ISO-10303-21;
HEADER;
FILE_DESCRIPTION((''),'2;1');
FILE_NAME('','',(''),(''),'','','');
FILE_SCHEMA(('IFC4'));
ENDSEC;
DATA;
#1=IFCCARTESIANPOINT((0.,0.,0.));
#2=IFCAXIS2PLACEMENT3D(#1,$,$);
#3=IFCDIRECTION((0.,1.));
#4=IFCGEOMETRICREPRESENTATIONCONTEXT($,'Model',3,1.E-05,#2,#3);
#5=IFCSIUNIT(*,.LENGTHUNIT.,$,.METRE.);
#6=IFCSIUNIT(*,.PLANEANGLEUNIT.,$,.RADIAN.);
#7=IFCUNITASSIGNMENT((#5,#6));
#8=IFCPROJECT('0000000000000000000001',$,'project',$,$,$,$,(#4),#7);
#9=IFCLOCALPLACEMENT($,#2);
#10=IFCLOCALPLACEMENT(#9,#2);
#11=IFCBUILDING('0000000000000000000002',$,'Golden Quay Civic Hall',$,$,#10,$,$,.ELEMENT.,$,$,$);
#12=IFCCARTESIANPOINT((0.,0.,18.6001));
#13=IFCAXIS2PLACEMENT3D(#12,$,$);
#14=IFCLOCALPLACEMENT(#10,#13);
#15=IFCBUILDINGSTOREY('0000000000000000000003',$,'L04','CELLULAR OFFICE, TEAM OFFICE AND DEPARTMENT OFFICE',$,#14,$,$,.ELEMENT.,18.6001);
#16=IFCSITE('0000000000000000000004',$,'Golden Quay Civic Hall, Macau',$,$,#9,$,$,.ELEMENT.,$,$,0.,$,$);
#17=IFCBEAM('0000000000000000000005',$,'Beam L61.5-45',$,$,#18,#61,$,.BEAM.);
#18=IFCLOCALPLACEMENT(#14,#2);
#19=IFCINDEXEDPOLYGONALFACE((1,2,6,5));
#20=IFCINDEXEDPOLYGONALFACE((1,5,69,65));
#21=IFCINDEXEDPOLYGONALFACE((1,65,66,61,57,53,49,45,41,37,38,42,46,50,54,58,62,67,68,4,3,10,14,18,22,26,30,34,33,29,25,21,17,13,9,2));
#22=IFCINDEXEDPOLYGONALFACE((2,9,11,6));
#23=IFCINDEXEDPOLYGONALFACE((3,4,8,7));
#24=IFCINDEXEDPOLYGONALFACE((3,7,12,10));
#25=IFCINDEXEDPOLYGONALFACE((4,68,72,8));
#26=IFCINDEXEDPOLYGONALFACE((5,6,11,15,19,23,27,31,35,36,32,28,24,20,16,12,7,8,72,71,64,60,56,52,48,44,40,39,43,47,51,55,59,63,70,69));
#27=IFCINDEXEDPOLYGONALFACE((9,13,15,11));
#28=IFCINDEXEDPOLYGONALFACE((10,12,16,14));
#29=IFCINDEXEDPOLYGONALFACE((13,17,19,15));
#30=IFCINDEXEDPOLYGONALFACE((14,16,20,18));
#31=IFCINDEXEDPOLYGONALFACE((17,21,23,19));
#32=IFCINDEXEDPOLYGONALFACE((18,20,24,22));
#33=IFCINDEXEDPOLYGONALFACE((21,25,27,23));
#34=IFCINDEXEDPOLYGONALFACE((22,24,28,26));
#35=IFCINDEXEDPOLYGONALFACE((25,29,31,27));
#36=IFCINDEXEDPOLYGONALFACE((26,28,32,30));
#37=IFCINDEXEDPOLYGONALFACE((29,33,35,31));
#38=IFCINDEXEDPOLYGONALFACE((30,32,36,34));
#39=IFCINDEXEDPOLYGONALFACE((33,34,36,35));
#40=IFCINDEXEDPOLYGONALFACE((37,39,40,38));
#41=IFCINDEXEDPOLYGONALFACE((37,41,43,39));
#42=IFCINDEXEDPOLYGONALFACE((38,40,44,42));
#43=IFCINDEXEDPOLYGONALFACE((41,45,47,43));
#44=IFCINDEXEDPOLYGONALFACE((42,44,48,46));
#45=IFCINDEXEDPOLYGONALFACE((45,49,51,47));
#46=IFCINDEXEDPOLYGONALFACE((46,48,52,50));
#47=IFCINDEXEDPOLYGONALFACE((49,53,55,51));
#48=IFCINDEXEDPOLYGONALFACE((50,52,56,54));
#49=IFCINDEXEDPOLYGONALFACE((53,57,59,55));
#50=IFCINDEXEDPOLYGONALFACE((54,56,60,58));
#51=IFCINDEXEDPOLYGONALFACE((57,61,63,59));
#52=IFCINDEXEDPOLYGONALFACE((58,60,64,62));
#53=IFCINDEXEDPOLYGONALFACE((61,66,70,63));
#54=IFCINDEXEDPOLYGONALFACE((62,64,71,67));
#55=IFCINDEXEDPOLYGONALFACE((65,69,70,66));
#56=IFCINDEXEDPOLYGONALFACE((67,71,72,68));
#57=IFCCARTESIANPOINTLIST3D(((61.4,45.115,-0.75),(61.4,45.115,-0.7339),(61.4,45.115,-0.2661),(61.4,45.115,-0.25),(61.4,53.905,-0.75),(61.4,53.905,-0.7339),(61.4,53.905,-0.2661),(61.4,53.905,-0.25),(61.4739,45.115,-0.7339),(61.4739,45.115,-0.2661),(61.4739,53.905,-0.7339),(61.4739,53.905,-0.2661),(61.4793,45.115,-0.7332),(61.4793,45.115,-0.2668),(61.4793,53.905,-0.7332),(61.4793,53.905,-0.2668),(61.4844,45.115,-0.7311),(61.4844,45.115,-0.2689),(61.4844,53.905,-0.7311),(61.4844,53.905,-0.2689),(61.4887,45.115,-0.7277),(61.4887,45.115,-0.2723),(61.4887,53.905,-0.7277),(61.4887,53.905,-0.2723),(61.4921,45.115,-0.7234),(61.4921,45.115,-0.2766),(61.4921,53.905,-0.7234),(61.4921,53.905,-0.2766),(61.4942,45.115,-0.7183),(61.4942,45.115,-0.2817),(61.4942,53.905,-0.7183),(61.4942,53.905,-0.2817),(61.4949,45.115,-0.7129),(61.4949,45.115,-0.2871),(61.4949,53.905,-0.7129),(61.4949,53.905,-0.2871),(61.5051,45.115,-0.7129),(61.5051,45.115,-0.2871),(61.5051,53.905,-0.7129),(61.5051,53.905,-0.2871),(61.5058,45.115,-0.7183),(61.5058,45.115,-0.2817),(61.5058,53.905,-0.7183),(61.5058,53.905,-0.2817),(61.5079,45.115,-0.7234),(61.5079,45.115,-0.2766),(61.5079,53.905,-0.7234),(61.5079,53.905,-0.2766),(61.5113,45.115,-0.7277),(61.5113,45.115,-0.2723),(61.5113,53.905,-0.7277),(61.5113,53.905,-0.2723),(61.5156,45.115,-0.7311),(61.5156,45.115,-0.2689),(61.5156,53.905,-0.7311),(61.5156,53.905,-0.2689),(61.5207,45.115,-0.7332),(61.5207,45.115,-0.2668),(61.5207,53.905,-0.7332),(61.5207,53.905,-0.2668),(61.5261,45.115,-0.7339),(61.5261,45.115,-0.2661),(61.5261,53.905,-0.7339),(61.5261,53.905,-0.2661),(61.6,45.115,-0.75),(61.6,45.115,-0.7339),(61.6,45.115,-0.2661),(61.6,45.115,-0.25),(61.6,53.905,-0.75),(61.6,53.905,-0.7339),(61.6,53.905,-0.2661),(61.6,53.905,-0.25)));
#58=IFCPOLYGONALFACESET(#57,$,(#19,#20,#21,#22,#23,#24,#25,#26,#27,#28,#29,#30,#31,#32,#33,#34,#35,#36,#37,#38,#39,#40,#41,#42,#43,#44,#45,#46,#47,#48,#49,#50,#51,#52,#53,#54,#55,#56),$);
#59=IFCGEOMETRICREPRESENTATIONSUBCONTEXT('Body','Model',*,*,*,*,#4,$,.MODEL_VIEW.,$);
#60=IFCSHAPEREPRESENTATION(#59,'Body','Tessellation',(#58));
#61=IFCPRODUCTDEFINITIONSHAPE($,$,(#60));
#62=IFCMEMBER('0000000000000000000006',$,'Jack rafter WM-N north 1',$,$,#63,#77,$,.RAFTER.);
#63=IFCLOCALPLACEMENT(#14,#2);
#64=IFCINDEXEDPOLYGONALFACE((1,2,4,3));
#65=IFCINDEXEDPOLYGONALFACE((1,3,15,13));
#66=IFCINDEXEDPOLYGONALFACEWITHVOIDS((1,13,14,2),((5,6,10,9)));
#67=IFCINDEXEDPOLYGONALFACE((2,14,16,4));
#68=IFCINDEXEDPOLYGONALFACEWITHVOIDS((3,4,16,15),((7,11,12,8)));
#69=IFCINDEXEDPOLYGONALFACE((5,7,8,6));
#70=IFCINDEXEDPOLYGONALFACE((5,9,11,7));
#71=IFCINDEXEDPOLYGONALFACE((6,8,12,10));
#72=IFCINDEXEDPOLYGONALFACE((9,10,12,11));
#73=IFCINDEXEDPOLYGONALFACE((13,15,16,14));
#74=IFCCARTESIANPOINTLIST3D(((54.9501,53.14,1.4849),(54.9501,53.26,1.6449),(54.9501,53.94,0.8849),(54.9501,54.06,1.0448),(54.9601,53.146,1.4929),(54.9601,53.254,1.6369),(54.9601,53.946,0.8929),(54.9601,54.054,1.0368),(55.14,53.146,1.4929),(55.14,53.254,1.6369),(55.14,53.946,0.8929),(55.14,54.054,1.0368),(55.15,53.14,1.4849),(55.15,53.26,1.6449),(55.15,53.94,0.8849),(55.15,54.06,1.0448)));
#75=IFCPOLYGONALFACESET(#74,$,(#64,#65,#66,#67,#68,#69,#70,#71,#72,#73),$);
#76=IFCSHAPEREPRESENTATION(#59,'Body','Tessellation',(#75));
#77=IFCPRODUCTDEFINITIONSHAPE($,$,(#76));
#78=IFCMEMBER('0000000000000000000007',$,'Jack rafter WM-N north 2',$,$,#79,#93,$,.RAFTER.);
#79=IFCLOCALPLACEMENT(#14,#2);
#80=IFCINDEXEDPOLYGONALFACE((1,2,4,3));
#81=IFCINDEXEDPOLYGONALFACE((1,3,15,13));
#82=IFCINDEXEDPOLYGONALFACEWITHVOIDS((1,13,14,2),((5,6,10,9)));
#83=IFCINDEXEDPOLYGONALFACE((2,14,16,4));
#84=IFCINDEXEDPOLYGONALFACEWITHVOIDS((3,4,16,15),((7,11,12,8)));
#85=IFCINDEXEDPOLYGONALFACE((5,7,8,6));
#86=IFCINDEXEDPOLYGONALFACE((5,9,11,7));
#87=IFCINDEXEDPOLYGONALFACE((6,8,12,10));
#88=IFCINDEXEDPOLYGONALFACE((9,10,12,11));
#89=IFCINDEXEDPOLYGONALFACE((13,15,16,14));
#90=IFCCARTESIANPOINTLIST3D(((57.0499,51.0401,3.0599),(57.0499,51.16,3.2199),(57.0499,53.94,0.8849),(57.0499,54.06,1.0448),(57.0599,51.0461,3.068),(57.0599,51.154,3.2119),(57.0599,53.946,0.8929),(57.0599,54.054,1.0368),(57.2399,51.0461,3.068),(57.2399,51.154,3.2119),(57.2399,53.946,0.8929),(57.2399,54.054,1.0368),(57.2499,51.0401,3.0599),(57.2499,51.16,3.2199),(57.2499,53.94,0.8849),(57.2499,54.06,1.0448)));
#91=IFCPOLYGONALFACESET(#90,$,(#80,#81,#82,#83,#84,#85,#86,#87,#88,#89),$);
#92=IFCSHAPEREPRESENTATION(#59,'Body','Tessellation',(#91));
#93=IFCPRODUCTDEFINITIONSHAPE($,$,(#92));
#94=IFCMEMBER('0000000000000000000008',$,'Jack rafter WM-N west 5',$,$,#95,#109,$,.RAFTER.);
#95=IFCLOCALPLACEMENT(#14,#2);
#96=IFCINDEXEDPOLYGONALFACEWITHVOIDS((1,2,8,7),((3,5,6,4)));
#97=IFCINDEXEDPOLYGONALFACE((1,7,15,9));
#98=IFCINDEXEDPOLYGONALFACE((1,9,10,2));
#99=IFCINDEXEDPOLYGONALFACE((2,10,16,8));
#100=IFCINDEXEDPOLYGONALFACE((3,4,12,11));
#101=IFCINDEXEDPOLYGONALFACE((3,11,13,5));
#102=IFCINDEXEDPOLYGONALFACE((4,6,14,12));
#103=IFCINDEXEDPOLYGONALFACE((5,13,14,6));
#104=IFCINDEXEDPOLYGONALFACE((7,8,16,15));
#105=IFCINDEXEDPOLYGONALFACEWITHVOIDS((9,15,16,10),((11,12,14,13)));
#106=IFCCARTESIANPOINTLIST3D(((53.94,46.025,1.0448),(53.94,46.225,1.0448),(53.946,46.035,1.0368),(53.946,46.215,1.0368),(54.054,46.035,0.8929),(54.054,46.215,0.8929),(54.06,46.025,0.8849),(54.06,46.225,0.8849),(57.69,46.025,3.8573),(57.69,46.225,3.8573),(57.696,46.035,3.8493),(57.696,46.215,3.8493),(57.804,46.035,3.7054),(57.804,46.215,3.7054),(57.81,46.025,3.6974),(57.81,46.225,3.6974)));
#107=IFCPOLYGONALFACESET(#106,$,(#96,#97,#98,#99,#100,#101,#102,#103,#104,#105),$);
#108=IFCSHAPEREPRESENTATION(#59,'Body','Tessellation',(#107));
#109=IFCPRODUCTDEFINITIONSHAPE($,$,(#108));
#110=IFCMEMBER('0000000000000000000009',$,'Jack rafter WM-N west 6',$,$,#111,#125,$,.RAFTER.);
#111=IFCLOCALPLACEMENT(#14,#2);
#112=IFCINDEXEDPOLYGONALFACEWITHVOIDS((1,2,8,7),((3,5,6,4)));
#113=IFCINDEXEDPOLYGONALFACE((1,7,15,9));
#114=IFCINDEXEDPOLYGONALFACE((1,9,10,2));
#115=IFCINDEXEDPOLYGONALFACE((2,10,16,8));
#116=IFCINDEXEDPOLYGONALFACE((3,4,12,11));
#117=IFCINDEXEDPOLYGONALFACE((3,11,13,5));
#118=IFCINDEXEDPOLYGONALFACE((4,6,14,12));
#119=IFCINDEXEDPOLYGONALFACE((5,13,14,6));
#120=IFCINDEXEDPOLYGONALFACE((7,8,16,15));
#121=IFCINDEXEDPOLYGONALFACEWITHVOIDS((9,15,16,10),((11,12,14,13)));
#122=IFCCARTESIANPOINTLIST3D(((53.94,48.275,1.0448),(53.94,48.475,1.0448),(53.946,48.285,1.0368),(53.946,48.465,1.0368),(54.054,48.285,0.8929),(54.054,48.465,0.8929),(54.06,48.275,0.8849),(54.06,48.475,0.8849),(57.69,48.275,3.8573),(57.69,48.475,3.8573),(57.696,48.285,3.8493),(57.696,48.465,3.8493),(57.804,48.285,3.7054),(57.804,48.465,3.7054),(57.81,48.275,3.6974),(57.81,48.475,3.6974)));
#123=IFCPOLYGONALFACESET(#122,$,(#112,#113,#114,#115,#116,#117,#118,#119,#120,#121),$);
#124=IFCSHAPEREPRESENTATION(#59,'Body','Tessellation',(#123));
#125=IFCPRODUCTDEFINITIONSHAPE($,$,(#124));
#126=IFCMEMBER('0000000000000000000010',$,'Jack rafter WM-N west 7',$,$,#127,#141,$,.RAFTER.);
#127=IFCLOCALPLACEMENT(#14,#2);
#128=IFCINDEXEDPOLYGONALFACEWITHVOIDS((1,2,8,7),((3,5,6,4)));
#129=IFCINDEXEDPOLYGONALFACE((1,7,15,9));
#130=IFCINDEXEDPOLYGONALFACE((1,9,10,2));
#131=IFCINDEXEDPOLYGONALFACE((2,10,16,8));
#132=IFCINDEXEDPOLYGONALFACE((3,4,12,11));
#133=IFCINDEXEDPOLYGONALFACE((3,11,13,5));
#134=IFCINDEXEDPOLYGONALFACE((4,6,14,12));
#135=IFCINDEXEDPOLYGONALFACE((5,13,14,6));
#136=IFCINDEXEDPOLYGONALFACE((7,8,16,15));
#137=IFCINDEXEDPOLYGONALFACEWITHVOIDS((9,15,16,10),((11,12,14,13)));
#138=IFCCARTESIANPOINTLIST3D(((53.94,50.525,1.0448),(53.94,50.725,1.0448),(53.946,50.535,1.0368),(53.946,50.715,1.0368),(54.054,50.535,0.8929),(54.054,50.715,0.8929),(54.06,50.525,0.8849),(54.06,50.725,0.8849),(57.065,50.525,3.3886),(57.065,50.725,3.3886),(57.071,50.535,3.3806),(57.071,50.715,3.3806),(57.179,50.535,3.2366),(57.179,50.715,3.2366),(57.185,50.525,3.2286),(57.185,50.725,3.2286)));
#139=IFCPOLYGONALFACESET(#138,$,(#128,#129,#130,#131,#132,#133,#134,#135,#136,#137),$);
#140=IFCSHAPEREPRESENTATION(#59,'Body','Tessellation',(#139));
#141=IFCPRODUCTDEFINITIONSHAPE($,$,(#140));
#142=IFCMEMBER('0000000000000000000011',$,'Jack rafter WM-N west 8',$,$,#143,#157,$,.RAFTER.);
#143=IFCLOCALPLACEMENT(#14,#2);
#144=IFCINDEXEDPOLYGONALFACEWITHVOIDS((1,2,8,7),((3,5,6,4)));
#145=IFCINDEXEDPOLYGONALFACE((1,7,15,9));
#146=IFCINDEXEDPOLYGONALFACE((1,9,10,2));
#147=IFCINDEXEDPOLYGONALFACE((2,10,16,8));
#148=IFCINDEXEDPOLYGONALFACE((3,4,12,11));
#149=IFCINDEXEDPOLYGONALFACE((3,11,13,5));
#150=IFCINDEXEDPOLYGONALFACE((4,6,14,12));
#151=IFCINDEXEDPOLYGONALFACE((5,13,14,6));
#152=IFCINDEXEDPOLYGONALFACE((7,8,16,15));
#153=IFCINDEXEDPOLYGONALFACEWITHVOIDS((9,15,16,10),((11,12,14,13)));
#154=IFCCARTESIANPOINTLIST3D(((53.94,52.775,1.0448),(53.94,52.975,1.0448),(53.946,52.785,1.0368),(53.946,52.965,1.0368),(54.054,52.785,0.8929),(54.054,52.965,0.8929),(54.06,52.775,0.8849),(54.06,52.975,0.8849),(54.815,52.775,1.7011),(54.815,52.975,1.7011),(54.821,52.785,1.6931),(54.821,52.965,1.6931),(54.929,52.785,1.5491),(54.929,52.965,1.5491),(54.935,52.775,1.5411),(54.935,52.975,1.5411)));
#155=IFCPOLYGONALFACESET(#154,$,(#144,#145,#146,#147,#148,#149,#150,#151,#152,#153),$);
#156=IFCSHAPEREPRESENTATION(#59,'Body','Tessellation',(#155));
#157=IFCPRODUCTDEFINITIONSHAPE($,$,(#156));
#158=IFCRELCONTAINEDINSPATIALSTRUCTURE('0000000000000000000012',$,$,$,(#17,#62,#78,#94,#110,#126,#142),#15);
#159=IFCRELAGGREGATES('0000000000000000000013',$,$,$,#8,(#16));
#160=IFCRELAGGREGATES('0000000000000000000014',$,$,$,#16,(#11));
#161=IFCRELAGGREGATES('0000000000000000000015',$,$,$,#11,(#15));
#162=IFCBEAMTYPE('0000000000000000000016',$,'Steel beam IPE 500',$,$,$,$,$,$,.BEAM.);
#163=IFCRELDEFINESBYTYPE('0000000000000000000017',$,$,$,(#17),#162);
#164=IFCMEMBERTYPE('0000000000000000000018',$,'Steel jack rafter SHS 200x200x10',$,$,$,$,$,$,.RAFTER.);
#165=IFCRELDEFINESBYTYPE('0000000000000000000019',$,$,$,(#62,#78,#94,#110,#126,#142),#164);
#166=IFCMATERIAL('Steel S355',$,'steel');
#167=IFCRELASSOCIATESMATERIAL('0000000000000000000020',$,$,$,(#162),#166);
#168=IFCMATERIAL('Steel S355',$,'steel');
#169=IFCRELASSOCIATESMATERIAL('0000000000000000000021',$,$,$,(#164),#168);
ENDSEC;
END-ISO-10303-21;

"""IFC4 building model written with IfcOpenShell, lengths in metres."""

from ifc_helpers import new_model, si_unit, direction, frame, origin, origin_2d, place, context, subcontext, project, spatial, hollow_rectangle, i_section, extrude, material, material_profile, profile_set, type_object, element, save


model = new_model("IFC4")

# Units and contexts
model_context = context("Model", 3, precision=1e-05, world=origin(), true_north=direction((0.0, 1.0)))
body_context = subcontext(model_context, "Body", "Model", "MODEL_VIEW")
ifc_project = project(units=[si_unit("LENGTHUNIT", "METRE"), si_unit("PLANEANGLEUNIT", "RADIAN")], contexts=[model_context])

# Site, building, storey
site_placement = place(None, origin())
site = spatial("IfcSite", under=ifc_project, at=site_placement, Name="Golden Quay Civic Hall, Macau", CompositionType="ELEMENT", RefElevation=0.0)
building_placement = place(site_placement, origin())
building = spatial("IfcBuilding", under=site, at=building_placement, Name="Golden Quay Civic Hall", CompositionType="ELEMENT")
storey_placement = place(building_placement, frame((0.0, 0.0, 18.6001)))
storey = spatial("IfcBuildingStorey", under=building, at=storey_placement, Name="L04", Description="CELLULAR OFFICE, TEAM OFFICE AND DEPARTMENT OFFICE", CompositionType="ELEMENT", Elevation=18.6001)

# Beam
ifc_material_1 = material(Name="Steel S355", Category="steel")
ifc_material_profile_1 = material_profile(ifc_material_1, i_section(OverallWidth=0.2, OverallDepth=0.5, WebThickness=0.0103, FlangeThickness=0.0161, FilletRadius=0.021, at=origin_2d()), Name="IPE 500")
ifc_profile_set_1 = profile_set([ifc_material_profile_1], Name="Steel S355")
beam_type_1 = type_object("IfcBeamType", Name="Steel beam IPE 500", PredefinedType="BEAM", material=ifc_profile_set_1)
beam_1_placement = place(storey_placement, frame((61.5, 45.115, -0.5), z_axis=(0.0, 1.0, 0.0), x_axis=(-1.0, 0.0, 0.0)))
element("IfcBeam", 1, at=beam_1_placement, inside=storey, type_object=beam_type_1, Name="Beam L61.5-45", PredefinedType="BEAM", context=body_context, shape_type="SweptSolid", body=[
    extrude(i_section(OverallWidth=0.2, OverallDepth=0.5, WebThickness=0.0103, FlangeThickness=0.0161, FilletRadius=0.021, at=origin_2d()), origin(), (0.0, 0.0, 1.0), 8.79),
])

# Members
ifc_material_2 = material(Name="Steel S355", Category="steel")
ifc_material_profile_2 = material_profile(ifc_material_2, hollow_rectangle(XDim=0.2, YDim=0.2, WallThickness=0.01, at=origin_2d()), Name="SHS 200x200x10")
ifc_profile_set_2 = profile_set([ifc_material_profile_2], Name="Steel S355")
member_type_1 = type_object("IfcMemberType", Name="Steel jack rafter SHS 200x200x10", PredefinedType="RAFTER", material=ifc_profile_set_2)
member_1_placement = place(storey_placement, frame((55.05, 54.0, 0.9648), z_axis=(0.0, -0.799971, 0.600039), x_axis=(1.0, 0.0, 0.0)))
element("IfcMember", 2, at=member_1_placement, inside=storey, type_object=member_type_1, Name="Jack rafter WM-N north 1", PredefinedType="RAFTER", context=body_context, shape_type="SweptSolid", body=[
    extrude(hollow_rectangle(XDim=0.2, YDim=0.2, WallThickness=0.01, at=origin_2d()), origin(), (0.0, 0.0, 1.0), 1.0),
])
member_2_placement = place(storey_placement, frame((57.1499, 54.0, 0.9648), z_axis=(0.0, -0.799984, 0.600022), x_axis=(1.0, 0.0, 0.0)))
element("IfcMember", 3, at=member_2_placement, inside=storey, type_object=member_type_1, Name="Jack rafter WM-N north 2", PredefinedType="RAFTER", context=body_context, shape_type="SweptSolid", body=[
    extrude(hollow_rectangle(XDim=0.2, YDim=0.2, WallThickness=0.01, at=origin_2d()), origin(), (0.0, 0.0, 1.0), 3.625),
])
for number, where, z_axis, x_axis, name in (
    (4, (54.0, 46.125, 0.9648), (0.8, 0.0, 0.6), (0.0, 1.0, 0.0), "Jack rafter WM-N west 5"),
    (5, (54.0, 48.375, 0.9648), (0.8, 0.0, 0.6), (0.0, 1.0, 0.0), "Jack rafter WM-N west 6"),
):
    element("IfcMember", number, at=place(storey_placement, frame(where, z_axis=z_axis, x_axis=x_axis)), inside=storey, type_object=member_type_1, Name=name, PredefinedType="RAFTER", context=body_context, shape_type="SweptSolid", body=[
        extrude(hollow_rectangle(XDim=0.2, YDim=0.2, WallThickness=0.01, at=origin_2d()), origin(), (0.0, 0.0, 1.0), 4.6875),
    ])
member_3_placement = place(storey_placement, frame((54.0, 50.625, 0.9648), z_axis=(0.8, 0.0, 0.6), x_axis=(0.0, 1.0, 0.0)))
element("IfcMember", 6, at=member_3_placement, inside=storey, type_object=member_type_1, Name="Jack rafter WM-N west 7", PredefinedType="RAFTER", context=body_context, shape_type="SweptSolid", body=[
    extrude(hollow_rectangle(XDim=0.2, YDim=0.2, WallThickness=0.01, at=origin_2d()), origin(), (0.0, 0.0, 1.0), 3.9062),
])
member_4_placement = place(storey_placement, frame((54.0, 52.875, 0.9648), z_axis=(0.8, 0.0, 0.6), x_axis=(0.0, 1.0, 0.0)))
element("IfcMember", 7, at=member_4_placement, inside=storey, type_object=member_type_1, Name="Jack rafter WM-N west 8", PredefinedType="RAFTER", context=body_context, shape_type="SweptSolid", body=[
    extrude(hollow_rectangle(XDim=0.2, YDim=0.2, WallThickness=0.01, at=origin_2d()), origin(), (0.0, 0.0, 1.0), 1.0938),
])

save(model, "model.ifc")
